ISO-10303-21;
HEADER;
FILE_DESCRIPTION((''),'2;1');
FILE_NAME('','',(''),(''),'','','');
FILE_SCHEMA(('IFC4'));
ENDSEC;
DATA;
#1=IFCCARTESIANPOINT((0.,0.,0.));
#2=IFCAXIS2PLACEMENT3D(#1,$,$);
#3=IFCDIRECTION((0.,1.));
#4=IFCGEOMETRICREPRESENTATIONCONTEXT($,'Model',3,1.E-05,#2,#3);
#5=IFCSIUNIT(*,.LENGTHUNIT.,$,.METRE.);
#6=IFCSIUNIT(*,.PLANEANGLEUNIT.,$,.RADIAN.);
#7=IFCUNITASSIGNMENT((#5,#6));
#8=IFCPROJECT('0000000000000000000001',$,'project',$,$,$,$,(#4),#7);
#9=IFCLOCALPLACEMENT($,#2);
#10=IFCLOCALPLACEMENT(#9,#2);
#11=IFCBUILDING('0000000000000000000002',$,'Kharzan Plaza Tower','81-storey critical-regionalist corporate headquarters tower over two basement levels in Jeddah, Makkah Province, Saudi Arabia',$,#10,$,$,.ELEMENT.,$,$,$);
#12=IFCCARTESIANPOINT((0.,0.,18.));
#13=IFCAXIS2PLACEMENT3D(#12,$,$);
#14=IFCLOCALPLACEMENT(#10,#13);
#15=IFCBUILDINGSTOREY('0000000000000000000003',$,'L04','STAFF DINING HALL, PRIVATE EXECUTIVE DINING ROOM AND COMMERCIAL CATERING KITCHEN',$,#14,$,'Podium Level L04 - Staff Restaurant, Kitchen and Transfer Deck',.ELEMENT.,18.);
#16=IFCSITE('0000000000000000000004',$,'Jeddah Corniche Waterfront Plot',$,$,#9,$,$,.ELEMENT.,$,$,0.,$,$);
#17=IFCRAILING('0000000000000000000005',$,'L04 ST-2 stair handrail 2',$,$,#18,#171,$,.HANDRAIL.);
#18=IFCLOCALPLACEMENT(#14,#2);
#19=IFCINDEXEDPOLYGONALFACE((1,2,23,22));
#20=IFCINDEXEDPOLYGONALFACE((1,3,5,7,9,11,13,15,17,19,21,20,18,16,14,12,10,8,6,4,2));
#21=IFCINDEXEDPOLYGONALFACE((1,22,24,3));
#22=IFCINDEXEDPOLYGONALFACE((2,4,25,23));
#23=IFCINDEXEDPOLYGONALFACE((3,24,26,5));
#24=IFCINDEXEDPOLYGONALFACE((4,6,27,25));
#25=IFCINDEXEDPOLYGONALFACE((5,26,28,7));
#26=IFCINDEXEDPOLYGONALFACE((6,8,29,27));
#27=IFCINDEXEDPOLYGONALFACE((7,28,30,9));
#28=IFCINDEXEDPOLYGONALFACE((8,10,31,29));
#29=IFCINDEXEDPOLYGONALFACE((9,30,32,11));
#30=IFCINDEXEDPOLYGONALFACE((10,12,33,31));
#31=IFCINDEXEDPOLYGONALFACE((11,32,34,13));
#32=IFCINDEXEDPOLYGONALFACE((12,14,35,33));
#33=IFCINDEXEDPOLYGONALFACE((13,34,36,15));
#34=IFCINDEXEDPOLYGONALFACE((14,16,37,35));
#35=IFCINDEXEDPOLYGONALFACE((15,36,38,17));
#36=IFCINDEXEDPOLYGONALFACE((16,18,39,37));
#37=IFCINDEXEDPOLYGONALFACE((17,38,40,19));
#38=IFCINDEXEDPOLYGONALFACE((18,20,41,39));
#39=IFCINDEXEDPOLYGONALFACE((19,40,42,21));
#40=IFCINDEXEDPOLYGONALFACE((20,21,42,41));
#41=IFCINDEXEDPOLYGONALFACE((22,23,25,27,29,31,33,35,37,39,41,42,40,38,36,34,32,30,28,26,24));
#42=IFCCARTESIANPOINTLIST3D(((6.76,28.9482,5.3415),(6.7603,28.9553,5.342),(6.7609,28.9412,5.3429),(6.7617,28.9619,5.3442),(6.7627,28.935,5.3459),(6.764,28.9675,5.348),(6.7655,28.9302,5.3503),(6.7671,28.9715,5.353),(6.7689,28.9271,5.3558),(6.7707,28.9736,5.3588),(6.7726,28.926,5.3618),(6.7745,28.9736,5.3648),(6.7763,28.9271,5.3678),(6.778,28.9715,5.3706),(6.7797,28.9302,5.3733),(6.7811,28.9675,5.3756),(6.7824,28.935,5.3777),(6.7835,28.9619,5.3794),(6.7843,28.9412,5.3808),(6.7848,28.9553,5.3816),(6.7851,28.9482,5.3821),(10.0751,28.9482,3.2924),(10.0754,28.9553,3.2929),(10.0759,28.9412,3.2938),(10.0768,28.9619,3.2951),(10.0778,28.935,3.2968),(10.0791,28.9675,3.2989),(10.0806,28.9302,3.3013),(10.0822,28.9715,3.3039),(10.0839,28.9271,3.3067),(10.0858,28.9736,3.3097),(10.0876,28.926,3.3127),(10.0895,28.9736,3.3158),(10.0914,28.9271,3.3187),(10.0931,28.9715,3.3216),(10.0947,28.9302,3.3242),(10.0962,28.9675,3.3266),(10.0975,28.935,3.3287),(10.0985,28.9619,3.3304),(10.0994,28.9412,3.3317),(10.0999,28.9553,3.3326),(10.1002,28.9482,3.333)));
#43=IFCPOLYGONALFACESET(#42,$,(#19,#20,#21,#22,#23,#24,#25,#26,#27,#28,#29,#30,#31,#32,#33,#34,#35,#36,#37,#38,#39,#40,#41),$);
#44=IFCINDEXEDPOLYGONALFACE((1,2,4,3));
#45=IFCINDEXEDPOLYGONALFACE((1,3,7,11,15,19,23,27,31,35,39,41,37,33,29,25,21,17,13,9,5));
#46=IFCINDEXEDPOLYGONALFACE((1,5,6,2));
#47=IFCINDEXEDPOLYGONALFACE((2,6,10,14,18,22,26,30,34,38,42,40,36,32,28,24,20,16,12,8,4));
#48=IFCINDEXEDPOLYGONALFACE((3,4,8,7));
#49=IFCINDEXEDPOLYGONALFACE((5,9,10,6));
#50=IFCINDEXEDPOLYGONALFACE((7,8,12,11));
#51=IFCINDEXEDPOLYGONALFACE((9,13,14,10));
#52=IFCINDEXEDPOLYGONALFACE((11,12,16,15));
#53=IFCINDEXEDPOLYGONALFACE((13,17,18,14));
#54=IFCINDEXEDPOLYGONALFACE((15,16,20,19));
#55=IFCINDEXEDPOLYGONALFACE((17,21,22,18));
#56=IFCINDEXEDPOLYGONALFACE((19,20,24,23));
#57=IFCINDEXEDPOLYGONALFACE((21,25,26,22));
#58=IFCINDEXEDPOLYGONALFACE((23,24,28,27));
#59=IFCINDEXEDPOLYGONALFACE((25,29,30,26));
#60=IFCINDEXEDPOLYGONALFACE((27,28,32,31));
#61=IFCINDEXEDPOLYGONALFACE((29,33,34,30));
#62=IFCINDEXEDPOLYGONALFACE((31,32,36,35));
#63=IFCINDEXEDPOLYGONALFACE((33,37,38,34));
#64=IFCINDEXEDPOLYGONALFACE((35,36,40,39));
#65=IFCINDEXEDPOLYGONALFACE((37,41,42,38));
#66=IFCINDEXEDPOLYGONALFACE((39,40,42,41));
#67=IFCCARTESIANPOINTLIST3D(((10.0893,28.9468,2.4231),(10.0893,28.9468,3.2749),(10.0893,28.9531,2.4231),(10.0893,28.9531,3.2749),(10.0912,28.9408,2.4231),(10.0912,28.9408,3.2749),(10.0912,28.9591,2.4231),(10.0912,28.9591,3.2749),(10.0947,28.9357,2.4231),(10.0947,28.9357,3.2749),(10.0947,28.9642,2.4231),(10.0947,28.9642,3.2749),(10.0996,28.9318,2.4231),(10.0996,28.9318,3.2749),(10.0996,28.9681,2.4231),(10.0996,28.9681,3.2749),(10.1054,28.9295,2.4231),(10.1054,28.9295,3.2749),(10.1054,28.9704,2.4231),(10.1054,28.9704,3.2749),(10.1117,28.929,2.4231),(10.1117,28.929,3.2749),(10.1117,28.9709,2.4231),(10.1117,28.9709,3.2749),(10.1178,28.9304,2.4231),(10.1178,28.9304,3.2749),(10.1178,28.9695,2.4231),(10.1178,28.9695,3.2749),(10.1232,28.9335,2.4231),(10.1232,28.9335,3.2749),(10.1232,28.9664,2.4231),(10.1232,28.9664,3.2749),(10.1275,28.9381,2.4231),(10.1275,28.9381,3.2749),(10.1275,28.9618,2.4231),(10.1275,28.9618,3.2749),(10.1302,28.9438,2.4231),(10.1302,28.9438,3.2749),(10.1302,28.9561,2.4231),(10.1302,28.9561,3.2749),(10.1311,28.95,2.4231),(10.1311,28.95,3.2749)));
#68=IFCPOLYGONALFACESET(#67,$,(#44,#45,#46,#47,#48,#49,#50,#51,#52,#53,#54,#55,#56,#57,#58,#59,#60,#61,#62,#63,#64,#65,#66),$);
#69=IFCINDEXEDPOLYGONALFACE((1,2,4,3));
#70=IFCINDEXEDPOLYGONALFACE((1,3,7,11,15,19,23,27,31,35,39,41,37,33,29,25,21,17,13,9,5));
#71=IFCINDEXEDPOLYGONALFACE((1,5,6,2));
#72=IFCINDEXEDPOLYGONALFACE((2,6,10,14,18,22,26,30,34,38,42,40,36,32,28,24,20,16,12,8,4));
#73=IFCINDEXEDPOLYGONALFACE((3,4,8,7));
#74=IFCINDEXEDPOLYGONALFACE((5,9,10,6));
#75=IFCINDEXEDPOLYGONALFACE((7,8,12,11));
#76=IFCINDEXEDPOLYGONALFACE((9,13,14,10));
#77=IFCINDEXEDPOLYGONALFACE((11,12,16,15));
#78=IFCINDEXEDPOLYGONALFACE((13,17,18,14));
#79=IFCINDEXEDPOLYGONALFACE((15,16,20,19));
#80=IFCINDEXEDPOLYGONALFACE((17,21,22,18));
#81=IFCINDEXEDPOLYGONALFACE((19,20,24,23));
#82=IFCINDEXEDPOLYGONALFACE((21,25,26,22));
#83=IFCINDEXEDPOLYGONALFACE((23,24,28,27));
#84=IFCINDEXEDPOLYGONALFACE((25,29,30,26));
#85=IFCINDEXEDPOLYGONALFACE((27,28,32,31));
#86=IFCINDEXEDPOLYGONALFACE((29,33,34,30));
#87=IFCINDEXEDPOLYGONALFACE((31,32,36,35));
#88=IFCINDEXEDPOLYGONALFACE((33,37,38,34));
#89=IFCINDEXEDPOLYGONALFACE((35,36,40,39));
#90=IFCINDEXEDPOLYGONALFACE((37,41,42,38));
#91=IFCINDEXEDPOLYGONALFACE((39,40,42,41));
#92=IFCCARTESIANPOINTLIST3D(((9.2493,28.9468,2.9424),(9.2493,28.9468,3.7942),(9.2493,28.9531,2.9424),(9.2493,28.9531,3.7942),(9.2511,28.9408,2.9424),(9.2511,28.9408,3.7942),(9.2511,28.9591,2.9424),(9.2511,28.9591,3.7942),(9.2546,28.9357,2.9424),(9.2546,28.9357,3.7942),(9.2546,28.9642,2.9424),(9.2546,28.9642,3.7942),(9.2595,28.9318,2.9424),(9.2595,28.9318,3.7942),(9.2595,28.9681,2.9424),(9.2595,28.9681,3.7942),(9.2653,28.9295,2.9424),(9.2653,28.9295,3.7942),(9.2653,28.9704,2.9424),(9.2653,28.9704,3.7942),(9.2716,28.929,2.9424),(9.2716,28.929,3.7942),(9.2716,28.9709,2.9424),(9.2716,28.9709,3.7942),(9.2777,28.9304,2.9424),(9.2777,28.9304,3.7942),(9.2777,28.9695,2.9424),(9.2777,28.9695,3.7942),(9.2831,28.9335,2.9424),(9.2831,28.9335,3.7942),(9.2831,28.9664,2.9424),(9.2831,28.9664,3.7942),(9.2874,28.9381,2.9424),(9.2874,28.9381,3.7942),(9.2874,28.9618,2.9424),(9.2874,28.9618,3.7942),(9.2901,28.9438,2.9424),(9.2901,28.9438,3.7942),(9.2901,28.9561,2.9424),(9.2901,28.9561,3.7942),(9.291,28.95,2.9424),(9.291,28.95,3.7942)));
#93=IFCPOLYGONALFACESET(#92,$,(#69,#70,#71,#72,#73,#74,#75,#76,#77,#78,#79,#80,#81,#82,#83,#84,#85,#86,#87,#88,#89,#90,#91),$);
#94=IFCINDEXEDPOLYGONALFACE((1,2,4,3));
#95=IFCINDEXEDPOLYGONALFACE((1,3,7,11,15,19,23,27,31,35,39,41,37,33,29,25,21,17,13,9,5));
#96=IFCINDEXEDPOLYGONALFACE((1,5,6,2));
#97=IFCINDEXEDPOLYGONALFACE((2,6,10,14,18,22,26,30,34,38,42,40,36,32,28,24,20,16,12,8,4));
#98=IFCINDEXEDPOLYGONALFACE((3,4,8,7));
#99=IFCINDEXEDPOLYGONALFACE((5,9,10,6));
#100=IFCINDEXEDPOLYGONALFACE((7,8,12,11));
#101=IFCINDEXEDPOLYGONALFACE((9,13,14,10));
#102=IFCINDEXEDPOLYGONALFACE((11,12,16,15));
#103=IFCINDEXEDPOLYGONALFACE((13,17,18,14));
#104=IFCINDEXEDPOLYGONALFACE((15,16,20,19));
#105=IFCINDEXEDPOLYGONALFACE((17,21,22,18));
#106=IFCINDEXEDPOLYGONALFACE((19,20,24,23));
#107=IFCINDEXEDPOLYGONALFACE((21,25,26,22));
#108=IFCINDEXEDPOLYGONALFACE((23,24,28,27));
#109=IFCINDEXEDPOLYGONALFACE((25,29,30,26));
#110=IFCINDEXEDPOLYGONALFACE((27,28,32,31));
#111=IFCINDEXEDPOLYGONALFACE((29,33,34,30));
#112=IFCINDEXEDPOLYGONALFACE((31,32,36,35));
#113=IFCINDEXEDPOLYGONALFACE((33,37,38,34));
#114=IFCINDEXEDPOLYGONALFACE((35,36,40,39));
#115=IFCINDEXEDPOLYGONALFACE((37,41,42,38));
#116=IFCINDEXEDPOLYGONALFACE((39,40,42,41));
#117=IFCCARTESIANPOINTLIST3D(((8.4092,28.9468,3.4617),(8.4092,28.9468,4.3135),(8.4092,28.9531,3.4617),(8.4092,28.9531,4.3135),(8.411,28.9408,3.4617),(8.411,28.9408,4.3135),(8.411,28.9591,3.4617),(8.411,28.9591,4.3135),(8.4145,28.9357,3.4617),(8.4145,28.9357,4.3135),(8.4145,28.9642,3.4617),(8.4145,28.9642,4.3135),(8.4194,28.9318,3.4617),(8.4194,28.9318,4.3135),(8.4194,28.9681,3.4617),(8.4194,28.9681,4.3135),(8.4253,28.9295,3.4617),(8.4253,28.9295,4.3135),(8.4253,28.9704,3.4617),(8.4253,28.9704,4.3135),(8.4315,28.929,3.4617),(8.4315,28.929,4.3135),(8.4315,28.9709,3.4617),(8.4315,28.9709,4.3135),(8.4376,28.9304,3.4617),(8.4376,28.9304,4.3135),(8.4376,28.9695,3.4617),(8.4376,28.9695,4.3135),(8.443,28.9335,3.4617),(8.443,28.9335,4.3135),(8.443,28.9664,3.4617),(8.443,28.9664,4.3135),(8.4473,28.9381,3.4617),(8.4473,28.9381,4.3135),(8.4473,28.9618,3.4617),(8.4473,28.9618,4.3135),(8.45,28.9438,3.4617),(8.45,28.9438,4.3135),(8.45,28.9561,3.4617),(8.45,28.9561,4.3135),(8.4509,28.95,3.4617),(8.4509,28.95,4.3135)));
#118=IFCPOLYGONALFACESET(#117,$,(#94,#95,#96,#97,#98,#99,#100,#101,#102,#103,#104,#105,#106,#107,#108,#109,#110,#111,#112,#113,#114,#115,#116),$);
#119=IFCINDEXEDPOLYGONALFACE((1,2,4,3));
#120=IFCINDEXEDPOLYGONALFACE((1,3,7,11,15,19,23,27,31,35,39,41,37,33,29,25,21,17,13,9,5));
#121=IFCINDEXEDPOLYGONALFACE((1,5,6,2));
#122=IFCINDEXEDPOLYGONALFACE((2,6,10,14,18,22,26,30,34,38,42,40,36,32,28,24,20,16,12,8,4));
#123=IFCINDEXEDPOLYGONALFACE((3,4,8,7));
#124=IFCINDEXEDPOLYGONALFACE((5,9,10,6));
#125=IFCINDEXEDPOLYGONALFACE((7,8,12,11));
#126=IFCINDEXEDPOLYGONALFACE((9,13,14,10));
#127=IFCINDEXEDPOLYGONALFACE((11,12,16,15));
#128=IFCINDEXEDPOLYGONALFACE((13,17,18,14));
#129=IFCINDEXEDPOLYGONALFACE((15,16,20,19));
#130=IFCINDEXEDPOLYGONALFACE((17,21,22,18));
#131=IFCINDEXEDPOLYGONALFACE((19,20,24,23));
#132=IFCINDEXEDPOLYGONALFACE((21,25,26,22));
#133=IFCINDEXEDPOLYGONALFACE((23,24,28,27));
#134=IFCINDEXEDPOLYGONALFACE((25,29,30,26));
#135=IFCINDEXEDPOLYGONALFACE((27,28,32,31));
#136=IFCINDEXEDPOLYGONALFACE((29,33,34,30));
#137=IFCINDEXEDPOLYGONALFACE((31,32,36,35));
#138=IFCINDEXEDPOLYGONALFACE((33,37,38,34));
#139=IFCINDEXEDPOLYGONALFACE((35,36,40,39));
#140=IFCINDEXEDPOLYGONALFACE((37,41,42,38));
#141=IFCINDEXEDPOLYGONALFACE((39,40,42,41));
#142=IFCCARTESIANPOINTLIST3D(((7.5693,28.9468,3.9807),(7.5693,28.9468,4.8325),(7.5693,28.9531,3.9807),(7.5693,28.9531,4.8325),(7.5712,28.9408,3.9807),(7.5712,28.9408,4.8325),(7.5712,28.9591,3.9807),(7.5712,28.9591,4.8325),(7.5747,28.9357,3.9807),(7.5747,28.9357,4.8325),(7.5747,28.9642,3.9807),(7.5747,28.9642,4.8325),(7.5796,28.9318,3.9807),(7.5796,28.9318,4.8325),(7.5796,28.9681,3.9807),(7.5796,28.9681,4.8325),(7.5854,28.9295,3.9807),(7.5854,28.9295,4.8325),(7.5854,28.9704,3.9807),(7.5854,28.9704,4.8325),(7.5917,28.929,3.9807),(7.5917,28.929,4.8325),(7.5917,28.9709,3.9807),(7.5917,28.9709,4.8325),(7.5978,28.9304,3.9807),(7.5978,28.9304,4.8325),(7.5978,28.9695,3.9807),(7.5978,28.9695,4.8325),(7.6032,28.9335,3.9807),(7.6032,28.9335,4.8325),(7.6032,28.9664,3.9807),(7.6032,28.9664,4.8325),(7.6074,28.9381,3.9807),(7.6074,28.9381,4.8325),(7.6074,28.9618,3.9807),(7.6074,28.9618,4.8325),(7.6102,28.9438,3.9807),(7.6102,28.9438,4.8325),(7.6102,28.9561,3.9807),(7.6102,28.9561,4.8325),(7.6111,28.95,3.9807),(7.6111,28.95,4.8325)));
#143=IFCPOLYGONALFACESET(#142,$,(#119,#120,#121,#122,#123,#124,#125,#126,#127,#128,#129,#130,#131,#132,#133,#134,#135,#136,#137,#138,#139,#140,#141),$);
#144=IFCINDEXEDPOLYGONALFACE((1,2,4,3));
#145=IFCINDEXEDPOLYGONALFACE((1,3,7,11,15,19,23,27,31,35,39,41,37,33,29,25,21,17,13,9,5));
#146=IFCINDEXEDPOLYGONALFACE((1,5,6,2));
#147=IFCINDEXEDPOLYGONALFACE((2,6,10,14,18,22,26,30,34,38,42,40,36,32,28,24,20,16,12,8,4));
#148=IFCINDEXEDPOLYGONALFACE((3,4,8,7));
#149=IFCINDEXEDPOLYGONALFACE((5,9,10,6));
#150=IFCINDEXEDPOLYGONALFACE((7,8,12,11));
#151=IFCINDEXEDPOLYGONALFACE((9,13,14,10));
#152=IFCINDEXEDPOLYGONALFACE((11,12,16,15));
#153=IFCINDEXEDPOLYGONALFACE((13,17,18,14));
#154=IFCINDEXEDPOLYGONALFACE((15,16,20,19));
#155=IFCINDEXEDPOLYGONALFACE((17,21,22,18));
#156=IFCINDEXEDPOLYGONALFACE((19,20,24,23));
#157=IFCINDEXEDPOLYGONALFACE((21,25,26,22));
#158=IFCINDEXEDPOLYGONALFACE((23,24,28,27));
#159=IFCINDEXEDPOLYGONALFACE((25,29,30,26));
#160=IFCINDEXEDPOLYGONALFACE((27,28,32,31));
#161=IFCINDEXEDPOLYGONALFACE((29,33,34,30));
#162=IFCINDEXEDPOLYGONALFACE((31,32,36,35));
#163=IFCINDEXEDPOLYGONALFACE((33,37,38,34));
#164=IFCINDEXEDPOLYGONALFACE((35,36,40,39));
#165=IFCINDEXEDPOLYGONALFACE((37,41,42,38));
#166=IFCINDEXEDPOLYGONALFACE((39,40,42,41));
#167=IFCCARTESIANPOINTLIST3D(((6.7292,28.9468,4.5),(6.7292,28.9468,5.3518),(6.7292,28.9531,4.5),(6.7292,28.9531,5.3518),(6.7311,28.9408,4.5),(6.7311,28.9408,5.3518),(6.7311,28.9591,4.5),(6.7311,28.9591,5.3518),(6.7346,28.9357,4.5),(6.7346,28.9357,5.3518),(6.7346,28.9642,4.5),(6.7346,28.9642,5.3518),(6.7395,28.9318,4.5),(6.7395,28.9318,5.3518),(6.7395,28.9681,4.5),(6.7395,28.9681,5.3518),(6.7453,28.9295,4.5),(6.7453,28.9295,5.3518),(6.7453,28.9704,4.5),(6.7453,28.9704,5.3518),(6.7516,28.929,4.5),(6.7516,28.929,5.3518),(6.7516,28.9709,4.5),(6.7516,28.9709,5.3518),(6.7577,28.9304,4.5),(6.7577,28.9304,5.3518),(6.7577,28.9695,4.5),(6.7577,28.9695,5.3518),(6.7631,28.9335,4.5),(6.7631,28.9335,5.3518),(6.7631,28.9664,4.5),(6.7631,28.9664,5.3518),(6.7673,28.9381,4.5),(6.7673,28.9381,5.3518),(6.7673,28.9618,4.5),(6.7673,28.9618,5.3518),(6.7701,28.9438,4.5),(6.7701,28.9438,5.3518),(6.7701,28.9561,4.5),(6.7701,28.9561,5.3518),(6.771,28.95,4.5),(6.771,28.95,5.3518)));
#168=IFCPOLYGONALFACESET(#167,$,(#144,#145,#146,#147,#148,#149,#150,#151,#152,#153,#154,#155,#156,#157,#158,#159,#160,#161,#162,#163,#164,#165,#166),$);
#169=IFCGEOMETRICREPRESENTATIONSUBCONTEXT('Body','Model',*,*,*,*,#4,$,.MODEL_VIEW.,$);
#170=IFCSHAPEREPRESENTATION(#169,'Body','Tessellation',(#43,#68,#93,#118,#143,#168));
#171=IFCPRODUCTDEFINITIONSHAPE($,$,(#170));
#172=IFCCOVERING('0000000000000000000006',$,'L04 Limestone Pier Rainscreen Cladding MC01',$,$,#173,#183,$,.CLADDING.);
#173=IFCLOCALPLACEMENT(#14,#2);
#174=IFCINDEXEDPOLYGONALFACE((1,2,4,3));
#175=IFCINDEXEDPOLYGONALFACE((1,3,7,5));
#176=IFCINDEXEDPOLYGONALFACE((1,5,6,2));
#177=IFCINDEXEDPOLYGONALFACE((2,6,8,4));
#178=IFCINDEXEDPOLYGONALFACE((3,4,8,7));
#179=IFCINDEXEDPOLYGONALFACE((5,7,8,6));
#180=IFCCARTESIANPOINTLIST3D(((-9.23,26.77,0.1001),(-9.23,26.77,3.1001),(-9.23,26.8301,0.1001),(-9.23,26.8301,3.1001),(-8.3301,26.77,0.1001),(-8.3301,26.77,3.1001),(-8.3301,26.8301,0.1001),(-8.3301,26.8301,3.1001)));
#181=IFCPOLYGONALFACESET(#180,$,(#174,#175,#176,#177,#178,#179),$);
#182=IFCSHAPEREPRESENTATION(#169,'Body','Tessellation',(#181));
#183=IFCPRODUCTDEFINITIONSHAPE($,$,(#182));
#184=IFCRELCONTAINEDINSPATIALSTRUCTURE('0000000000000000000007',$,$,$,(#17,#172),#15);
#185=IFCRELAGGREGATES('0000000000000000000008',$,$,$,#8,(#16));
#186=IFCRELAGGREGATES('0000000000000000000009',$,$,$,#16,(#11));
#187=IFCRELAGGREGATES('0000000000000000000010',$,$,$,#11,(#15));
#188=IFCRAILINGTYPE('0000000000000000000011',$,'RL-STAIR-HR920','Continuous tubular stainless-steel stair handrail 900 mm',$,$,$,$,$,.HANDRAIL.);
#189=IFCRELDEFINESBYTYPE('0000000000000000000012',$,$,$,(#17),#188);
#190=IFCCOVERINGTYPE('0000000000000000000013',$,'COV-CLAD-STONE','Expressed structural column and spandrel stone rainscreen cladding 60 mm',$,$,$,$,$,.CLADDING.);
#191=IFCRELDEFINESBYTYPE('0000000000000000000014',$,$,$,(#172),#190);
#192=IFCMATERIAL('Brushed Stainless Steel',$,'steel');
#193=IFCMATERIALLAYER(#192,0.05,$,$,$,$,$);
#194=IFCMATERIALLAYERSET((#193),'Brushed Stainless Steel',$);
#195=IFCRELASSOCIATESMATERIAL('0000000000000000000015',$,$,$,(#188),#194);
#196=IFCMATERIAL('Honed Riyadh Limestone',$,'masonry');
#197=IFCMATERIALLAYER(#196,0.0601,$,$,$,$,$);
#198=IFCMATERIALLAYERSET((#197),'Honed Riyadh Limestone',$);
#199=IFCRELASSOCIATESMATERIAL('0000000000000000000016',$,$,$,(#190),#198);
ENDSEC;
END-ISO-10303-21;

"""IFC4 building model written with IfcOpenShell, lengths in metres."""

from ifc_helpers import new_model, si_unit, direction, frame, origin, origin_2d, place, context, subcontext, project, spatial, rectangle, circle, extrude, source, transform, mapped, material, layer, layer_set, type_object, element, save


model = new_model("IFC4")

# Units and contexts
model_context = context("Model", 3, precision=1e-05, world=origin(), true_north=direction((0.0, 1.0)))
body_context = subcontext(model_context, "Body", "Model", "MODEL_VIEW")
ifc_project = project(units=[si_unit("LENGTHUNIT", "METRE"), si_unit("PLANEANGLEUNIT", "RADIAN")], contexts=[model_context])

# Site, building, storey
site_placement = place(None, origin())
site = spatial("IfcSite", under=ifc_project, at=site_placement, Name="Jeddah Corniche Waterfront Plot", CompositionType="ELEMENT", RefElevation=0.0)
building_placement = place(site_placement, origin())
building = spatial("IfcBuilding", under=site, at=building_placement, Name="Kharzan Plaza Tower", Description="81-storey critical-regionalist corporate headquarters tower over two basement levels in Jeddah, Makkah Province, Saudi Arabia", CompositionType="ELEMENT")
storey_placement = place(building_placement, frame((0.0, 0.0, 18.0)))
storey = spatial("IfcBuildingStorey", under=building, at=storey_placement, Name="L04", Description="STAFF DINING HALL, PRIVATE EXECUTIVE DINING ROOM AND COMMERCIAL CATERING KITCHEN", LongName="Podium Level L04 - Staff Restaurant, Kitchen and Transfer Deck", CompositionType="ELEMENT", Elevation=18.0)

# Shared definitions
ifc_material_1 = material(Name="Brushed Stainless Steel", Category="steel")

# Railing
ifc_layer_1 = layer(ifc_material_1, 0.05)
ifc_layer_set_1 = layer_set([ifc_layer_1], Name="Brushed Stainless Steel")
railing_type_1 = type_object("IfcRailingType", Name="RL-STAIR-HR920", Description="Continuous tubular stainless-steel stair handrail 900 mm", PredefinedType="HANDRAIL", material=ifc_layer_set_1)
shared_shape_1 = source(origin(), body_context, "Body", "SweptSolid", [
    extrude(circle(Radius=0.0239, at=origin_2d()), frame((-0.0225, 0.0, 0.8896), z_axis=(-0.850623, 0.0, 0.525776), x_axis=(0.0, -1.0, 0.0)), (0.0, 0.0, 1.0), 3.8972),
    extrude(circle(Radius=0.021, at=origin_2d()), origin(), (0.0, 0.0, 1.0), 0.8518),
    extrude(circle(Radius=0.021, at=origin_2d()), frame((-0.8401, 0.0, 0.5193)), (0.0, 0.0, 1.0), 0.8518),
    extrude(circle(Radius=0.021, at=origin_2d()), frame((-1.6802, 0.0, 1.0386)), (0.0, 0.0, 1.0), 0.8518),
    extrude(circle(Radius=0.021, at=origin_2d()), frame((-2.52, 0.0, 1.5576)), (0.0, 0.0, 1.0), 0.8518),
    extrude(circle(Radius=0.021, at=origin_2d()), frame((-3.3601, 0.0, 2.0769)), (0.0, 0.0, 1.0), 0.8518),
])
railing_1_placement = place(storey_placement, frame((10.1101, 28.95, 2.4231)))
element("IfcRailing", 1, at=railing_1_placement, inside=storey, type_object=railing_type_1, Name="L04 ST-2 stair handrail 2", PredefinedType="HANDRAIL", context=body_context, shape_type="MappedRepresentation", body=[
    mapped(shared_shape_1, transform((0.0, 0.0, 0.0), x_axis=(1.0, 0.0, 0.0), y_axis=(0.0, 1.0, 0.0), z_axis=(0.0, 0.0, 1.0))),
])

# Covering
ifc_material_2 = material(Name="Honed Riyadh Limestone", Category="masonry")
ifc_layer_2 = layer(ifc_material_2, 0.0601)
ifc_layer_set_2 = layer_set([ifc_layer_2], Name="Honed Riyadh Limestone")
covering_type = type_object("IfcCoveringType", Name="COV-CLAD-STONE", Description="Expressed structural column and spandrel stone rainscreen cladding 60 mm", PredefinedType="CLADDING", material=ifc_layer_set_2)
shared_shape_2 = source(origin(), body_context, "Body", "SweptSolid", [
    extrude(rectangle(XDim=0.0601, YDim=0.8999, at=origin_2d()), origin(), (0.0, 0.0, 1.0), 3.0),
])
covering_placement = place(storey_placement, frame((-8.78, 26.8, 0.1001), z_axis=(0.0, 0.0, 1.0), x_axis=(0.0, 1.0, 0.0)))
element("IfcCovering", 2, at=covering_placement, inside=storey, type_object=covering_type, Name="L04 Limestone Pier Rainscreen Cladding MC01", PredefinedType="CLADDING", context=body_context, shape_type="MappedRepresentation", body=[
    mapped(shared_shape_2, transform((0.0, 0.0, 0.0), x_axis=(1.0, 0.0, 0.0), y_axis=(0.0, 1.0, 0.0), z_axis=(0.0, 0.0, 1.0))),
])

save(model, "model.ifc")
